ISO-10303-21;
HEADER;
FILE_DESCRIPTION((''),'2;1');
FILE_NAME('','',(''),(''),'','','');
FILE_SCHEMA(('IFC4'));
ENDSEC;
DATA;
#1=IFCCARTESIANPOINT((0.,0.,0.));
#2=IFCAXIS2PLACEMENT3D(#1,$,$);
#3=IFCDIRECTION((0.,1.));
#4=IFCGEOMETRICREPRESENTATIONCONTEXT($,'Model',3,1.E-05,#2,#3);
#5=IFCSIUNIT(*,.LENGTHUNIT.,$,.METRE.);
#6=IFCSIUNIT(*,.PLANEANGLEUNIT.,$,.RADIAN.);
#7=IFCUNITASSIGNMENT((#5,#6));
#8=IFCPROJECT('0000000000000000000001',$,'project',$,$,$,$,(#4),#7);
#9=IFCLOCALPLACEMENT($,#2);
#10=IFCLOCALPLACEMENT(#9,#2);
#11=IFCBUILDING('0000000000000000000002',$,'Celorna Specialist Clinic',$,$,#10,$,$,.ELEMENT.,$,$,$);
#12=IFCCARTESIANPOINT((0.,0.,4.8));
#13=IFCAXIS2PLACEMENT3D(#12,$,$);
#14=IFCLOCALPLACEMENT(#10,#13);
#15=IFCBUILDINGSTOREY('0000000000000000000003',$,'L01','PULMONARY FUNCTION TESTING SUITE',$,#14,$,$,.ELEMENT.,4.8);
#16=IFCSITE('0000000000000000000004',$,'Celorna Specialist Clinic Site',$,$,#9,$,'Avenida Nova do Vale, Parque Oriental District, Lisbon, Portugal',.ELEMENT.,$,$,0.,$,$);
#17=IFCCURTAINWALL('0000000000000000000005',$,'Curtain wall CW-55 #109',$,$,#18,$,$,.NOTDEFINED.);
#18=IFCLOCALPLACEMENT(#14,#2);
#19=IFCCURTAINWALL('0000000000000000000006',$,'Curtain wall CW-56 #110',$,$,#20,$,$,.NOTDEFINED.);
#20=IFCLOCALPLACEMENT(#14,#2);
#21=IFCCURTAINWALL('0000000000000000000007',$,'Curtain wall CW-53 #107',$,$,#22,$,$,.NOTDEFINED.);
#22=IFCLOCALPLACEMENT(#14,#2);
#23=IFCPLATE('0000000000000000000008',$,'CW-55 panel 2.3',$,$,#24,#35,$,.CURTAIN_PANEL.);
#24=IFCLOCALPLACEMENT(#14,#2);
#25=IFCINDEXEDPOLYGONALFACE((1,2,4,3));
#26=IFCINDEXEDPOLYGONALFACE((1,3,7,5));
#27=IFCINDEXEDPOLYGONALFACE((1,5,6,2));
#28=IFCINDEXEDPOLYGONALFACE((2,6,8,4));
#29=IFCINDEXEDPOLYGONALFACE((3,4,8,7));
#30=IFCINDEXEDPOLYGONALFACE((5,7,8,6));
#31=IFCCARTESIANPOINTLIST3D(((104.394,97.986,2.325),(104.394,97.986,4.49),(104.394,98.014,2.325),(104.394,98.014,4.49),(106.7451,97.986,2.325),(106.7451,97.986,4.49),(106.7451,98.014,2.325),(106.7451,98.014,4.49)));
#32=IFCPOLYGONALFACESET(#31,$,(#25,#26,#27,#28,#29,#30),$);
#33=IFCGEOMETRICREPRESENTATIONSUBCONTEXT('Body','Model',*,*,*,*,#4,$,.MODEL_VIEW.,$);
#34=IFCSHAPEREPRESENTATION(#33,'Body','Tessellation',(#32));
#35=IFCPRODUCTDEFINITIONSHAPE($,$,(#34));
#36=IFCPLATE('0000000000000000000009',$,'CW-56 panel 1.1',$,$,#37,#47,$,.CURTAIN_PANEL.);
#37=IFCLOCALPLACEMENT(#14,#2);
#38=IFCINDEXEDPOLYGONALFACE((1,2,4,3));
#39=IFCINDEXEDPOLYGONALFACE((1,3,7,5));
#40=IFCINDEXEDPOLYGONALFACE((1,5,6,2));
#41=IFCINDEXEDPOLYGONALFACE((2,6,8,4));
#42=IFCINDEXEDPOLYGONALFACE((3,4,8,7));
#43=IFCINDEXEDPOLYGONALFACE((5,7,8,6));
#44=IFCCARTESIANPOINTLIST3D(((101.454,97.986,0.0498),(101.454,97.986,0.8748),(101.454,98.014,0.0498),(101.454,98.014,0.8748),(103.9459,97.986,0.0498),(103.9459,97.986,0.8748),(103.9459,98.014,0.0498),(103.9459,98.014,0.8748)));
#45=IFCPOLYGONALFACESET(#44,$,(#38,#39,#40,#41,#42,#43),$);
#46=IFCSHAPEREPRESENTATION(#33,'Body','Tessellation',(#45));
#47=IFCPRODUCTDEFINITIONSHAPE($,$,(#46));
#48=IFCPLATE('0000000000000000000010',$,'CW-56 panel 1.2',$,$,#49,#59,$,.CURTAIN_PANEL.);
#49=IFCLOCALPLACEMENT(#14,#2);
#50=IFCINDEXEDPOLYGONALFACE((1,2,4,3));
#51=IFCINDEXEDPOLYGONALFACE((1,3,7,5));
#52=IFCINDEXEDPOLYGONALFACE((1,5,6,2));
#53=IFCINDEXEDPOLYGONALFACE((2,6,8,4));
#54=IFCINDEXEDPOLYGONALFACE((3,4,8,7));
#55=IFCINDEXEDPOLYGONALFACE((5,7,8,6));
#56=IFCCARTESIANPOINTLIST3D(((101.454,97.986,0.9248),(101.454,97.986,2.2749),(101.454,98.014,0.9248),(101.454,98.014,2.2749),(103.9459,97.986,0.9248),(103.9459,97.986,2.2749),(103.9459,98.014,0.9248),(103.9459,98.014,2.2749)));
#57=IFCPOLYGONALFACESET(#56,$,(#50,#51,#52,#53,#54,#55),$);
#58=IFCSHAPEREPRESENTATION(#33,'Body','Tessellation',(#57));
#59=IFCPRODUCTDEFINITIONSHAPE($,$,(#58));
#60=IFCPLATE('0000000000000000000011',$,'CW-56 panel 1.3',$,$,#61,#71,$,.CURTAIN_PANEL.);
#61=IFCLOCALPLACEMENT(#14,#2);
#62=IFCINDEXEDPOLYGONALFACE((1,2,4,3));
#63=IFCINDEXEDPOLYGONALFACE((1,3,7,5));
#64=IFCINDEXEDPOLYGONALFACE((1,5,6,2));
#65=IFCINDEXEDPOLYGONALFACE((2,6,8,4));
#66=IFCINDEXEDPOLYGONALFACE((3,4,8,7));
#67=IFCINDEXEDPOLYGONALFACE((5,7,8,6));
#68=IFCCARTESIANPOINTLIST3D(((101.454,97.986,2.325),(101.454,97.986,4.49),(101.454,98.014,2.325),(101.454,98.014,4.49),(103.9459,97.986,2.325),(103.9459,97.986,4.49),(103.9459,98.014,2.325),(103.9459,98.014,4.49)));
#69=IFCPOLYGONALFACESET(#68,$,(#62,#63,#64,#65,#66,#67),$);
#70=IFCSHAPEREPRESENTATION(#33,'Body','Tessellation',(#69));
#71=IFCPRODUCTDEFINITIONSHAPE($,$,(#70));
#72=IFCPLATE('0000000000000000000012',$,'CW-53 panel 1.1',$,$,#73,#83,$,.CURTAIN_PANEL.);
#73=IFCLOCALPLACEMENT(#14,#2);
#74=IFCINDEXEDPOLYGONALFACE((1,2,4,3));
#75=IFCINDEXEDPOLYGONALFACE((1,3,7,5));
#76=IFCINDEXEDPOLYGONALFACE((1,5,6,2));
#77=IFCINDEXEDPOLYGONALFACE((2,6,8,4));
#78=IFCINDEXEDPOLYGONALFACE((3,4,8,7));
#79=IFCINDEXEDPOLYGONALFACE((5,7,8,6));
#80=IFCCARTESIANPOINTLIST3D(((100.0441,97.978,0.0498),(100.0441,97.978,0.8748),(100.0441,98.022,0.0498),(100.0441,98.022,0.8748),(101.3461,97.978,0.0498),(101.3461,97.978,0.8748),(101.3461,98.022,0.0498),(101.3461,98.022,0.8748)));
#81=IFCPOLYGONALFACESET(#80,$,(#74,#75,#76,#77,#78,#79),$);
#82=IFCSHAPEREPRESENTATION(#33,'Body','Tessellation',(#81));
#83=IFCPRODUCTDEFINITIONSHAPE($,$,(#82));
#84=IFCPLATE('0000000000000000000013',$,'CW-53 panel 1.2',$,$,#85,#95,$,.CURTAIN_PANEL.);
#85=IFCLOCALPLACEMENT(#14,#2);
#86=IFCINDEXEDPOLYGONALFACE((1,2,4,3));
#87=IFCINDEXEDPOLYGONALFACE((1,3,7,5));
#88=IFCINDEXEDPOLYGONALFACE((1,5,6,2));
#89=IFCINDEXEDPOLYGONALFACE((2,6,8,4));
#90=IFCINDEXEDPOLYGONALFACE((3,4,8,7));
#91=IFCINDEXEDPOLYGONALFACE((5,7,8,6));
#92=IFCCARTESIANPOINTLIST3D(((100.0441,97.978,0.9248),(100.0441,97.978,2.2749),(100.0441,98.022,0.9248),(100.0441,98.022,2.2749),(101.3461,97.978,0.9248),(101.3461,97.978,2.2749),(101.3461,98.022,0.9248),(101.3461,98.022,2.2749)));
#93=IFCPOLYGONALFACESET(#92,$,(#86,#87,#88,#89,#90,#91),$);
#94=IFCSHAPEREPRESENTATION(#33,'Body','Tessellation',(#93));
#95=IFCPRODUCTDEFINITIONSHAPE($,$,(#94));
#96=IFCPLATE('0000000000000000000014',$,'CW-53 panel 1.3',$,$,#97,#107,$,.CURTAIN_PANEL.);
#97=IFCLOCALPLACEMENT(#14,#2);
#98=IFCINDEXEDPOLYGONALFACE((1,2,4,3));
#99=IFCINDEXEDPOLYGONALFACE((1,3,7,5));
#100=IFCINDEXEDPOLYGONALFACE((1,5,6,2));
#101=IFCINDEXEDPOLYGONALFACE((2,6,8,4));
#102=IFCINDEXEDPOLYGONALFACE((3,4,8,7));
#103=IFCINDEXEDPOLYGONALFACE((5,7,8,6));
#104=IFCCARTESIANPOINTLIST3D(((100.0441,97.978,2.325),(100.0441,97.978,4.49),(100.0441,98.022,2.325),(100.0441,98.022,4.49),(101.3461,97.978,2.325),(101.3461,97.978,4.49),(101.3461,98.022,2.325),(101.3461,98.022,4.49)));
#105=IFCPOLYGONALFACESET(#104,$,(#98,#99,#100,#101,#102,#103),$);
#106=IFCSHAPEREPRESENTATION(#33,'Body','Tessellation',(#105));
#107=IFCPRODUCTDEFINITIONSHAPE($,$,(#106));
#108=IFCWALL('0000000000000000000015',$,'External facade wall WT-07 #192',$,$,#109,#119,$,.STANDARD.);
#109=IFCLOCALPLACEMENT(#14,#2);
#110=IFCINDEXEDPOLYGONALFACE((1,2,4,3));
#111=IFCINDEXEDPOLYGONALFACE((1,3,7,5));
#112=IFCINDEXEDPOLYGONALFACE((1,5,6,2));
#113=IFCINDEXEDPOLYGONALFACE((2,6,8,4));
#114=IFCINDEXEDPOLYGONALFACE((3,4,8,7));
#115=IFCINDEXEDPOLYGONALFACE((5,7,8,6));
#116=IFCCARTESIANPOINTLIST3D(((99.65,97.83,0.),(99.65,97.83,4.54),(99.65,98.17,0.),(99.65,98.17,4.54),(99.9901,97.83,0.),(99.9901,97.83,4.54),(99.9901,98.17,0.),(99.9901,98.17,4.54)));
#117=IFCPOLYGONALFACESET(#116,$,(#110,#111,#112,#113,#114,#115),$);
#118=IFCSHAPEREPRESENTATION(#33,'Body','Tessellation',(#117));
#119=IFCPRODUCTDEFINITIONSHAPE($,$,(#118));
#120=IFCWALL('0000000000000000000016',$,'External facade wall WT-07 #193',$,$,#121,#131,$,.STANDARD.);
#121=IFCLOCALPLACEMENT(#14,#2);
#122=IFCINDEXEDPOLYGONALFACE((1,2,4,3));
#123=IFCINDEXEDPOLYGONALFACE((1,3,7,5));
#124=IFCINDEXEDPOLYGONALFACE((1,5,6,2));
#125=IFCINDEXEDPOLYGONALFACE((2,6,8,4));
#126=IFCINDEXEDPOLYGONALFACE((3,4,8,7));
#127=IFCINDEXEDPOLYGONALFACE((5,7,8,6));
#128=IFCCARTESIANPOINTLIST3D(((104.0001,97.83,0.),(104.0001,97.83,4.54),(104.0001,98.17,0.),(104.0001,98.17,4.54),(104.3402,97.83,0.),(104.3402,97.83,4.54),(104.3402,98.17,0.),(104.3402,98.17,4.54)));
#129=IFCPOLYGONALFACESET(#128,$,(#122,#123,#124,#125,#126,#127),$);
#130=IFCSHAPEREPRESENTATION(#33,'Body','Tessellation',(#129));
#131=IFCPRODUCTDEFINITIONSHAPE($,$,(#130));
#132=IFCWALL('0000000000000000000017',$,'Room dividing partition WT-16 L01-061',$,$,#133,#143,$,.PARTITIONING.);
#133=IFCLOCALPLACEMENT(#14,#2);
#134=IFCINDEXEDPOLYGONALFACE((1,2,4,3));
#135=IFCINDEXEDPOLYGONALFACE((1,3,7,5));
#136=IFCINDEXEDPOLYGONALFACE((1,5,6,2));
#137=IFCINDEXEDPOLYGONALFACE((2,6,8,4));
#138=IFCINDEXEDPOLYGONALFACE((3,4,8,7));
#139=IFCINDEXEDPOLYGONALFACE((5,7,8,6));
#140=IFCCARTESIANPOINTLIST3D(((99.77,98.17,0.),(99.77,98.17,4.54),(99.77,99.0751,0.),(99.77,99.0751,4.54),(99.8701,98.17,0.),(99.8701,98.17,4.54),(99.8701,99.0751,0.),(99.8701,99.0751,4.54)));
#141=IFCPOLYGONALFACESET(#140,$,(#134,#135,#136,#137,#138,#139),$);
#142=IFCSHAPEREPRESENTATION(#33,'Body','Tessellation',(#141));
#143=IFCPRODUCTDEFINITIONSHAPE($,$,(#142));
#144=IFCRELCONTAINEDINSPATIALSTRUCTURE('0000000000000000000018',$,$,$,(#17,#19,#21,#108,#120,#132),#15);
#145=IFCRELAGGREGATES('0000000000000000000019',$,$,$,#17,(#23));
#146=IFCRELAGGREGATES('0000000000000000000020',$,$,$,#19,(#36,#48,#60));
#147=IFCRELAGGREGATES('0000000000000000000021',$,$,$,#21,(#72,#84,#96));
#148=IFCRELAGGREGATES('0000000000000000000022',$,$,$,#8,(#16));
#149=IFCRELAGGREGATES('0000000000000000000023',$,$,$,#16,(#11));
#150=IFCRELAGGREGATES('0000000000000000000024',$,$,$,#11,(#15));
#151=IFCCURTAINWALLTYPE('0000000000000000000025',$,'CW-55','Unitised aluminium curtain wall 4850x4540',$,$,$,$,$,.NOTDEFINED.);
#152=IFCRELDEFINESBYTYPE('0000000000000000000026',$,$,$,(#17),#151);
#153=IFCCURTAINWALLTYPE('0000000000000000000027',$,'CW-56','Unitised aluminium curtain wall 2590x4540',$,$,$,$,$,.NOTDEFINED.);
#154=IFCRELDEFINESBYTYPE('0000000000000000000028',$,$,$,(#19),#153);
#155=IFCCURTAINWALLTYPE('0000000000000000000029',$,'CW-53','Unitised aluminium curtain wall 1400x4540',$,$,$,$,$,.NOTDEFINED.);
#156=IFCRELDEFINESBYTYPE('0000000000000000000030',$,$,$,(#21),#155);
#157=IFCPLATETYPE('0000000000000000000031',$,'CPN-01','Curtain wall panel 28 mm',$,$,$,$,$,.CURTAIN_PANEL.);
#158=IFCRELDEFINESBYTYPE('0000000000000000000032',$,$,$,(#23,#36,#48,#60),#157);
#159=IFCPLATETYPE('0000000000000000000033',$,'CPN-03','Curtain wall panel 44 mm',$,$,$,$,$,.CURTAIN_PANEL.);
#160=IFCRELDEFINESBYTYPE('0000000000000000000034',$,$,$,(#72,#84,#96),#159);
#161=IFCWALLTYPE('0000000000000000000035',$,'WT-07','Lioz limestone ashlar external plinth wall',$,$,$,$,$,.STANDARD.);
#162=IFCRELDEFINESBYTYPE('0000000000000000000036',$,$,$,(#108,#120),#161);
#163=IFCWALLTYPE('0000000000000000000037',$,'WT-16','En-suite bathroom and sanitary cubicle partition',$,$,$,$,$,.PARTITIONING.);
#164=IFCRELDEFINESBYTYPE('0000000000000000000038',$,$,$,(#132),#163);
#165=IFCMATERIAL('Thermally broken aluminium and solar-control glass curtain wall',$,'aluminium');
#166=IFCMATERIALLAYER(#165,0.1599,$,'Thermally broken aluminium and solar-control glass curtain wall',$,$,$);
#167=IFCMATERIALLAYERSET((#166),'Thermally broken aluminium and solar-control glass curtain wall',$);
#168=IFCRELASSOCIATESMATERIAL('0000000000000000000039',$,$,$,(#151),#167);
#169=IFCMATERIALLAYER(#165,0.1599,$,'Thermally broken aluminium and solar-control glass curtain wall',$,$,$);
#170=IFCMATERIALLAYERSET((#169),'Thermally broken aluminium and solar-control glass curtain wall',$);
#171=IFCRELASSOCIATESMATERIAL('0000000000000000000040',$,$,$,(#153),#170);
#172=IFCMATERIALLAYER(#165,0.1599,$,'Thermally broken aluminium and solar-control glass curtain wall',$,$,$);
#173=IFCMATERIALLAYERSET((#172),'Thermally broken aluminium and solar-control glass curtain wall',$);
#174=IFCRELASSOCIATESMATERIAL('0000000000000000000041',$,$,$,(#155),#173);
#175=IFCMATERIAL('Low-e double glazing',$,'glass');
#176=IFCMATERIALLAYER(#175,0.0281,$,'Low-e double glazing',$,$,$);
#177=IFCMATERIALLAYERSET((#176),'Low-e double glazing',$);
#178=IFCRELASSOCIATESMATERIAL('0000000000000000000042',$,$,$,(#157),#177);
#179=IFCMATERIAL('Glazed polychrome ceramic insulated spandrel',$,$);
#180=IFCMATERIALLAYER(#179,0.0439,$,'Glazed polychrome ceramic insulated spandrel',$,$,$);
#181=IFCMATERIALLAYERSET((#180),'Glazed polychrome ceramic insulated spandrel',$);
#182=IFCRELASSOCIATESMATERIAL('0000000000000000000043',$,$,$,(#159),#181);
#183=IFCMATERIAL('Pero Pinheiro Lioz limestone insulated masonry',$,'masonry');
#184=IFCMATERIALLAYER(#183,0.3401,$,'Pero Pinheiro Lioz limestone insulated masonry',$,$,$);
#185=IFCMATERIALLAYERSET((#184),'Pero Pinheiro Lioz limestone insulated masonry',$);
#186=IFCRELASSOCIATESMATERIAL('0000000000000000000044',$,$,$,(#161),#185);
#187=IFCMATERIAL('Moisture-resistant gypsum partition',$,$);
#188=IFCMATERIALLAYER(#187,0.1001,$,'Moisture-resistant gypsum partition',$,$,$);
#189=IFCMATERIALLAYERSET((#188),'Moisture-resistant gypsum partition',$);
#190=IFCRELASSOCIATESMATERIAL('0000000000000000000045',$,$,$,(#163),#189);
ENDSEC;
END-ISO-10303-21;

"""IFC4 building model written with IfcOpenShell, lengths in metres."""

from ifc_helpers import new_model, si_unit, direction, frame, frame_2d, origin, origin_2d, place, context, subcontext, project, spatial, rectangle, extrude, material, layer, layer_set, type_object, element, aggregate, save


model = new_model("IFC4")

# Units and contexts
model_context = context("Model", 3, precision=1e-05, world=origin(), true_north=direction((0.0, 1.0)))
body_context = subcontext(model_context, "Body", "Model", "MODEL_VIEW")
ifc_project = project(units=[si_unit("LENGTHUNIT", "METRE"), si_unit("PLANEANGLEUNIT", "RADIAN")], contexts=[model_context])

# Site, building, storey
site_placement = place(None, origin())
site = spatial("IfcSite", under=ifc_project, at=site_placement, Name="Celorna Specialist Clinic Site", LongName="Avenida Nova do Vale, Parque Oriental District, Lisbon, Portugal", CompositionType="ELEMENT", RefElevation=0.0)
building_placement = place(site_placement, origin())
building = spatial("IfcBuilding", under=site, at=building_placement, Name="Celorna Specialist Clinic", CompositionType="ELEMENT")
storey_placement = place(building_placement, frame((0.0, 0.0, 4.8)))
storey = spatial("IfcBuildingStorey", under=building, at=storey_placement, Name="L01", Description="PULMONARY FUNCTION TESTING SUITE", CompositionType="ELEMENT", Elevation=4.8)

# Curtain walls
ifc_material_1 = material(Name="Thermally broken aluminium and solar-control glass curtain wall", Category="aluminium")
ifc_layer_1 = layer(ifc_material_1, 0.1599, Name="Thermally broken aluminium and solar-control glass curtain wall")
ifc_layer_set_1 = layer_set([ifc_layer_1], Name="Thermally broken aluminium and solar-control glass curtain wall")
curtain_wall_type_1 = type_object("IfcCurtainWallType", Name="CW-55", Description="Unitised aluminium curtain wall 4850x4540", PredefinedType="NOTDEFINED", material=ifc_layer_set_1)
curtain_wall_1_placement = place(storey_placement, origin())
curtain_wall_1 = element("IfcCurtainWall", 1, at=curtain_wall_1_placement, inside=storey, type_object=curtain_wall_type_1, Name="Curtain wall CW-55 #109", PredefinedType="NOTDEFINED")
ifc_layer_2 = layer(ifc_material_1, 0.1599, Name="Thermally broken aluminium and solar-control glass curtain wall")
ifc_layer_set_2 = layer_set([ifc_layer_2], Name="Thermally broken aluminium and solar-control glass curtain wall")
curtain_wall_type_2 = type_object("IfcCurtainWallType", Name="CW-56", Description="Unitised aluminium curtain wall 2590x4540", PredefinedType="NOTDEFINED", material=ifc_layer_set_2)
curtain_wall_2_placement = place(storey_placement, origin())
curtain_wall_2 = element("IfcCurtainWall", 2, at=curtain_wall_2_placement, inside=storey, type_object=curtain_wall_type_2, Name="Curtain wall CW-56 #110", PredefinedType="NOTDEFINED")
ifc_layer_3 = layer(ifc_material_1, 0.1599, Name="Thermally broken aluminium and solar-control glass curtain wall")
ifc_layer_set_3 = layer_set([ifc_layer_3], Name="Thermally broken aluminium and solar-control glass curtain wall")
curtain_wall_type_3 = type_object("IfcCurtainWallType", Name="CW-53", Description="Unitised aluminium curtain wall 1400x4540", PredefinedType="NOTDEFINED", material=ifc_layer_set_3)
curtain_wall_3_placement = place(storey_placement, origin())
curtain_wall_3 = element("IfcCurtainWall", 3, at=curtain_wall_3_placement, inside=storey, type_object=curtain_wall_type_3, Name="Curtain wall CW-53 #107", PredefinedType="NOTDEFINED")

# Plates
ifc_material_2 = material(Name="Low-e double glazing", Category="glass")
ifc_layer_4 = layer(ifc_material_2, 0.0281, Name="Low-e double glazing")
ifc_layer_set_4 = layer_set([ifc_layer_4], Name="Low-e double glazing")
plate_type_1 = type_object("IfcPlateType", Name="CPN-01", Description="Curtain wall panel 28 mm", PredefinedType="CURTAIN_PANEL", material=ifc_layer_set_4)
plate_1_placement = place(storey_placement, frame((105.5696, 98.0, 2.325), z_axis=(0.0, 0.0, 1.0), x_axis=(-1.0, 0.0, 0.0)))
plate_1 = element("IfcPlate", 4, at=plate_1_placement, type_object=plate_type_1, Name="CW-55 panel 2.3", PredefinedType="CURTAIN_PANEL", context=body_context, shape_type="SweptSolid", body=[
    extrude(rectangle(XDim=2.3511, YDim=0.0281, at=origin_2d()), origin(), (0.0, 0.0, 1.0), 2.165),
])
aggregate(curtain_wall_1, [plate_1])
plate_2_placement = place(storey_placement, frame((102.7, 98.0, 0.0498), z_axis=(0.0, 0.0, 1.0), x_axis=(-1.0, 0.0, 0.0)))
plate_2 = element("IfcPlate", 5, at=plate_2_placement, type_object=plate_type_1, Name="CW-56 panel 1.1", PredefinedType="CURTAIN_PANEL", context=body_context, shape_type="SweptSolid", body=[
    extrude(rectangle(XDim=2.4919, YDim=0.0281, at=origin_2d()), origin(), (0.0, 0.0, 1.0), 0.825),
])
plate_3_placement = place(storey_placement, frame((102.7, 98.0, 0.9248), z_axis=(0.0, 0.0, 1.0), x_axis=(-1.0, 0.0, 0.0)))
plate_3 = element("IfcPlate", 6, at=plate_3_placement, type_object=plate_type_1, Name="CW-56 panel 1.2", PredefinedType="CURTAIN_PANEL", context=body_context, shape_type="SweptSolid", body=[
    extrude(rectangle(XDim=2.4919, YDim=0.0281, at=origin_2d()), origin(), (0.0, 0.0, 1.0), 1.3501),
])
plate_4_placement = place(storey_placement, frame((102.7, 98.0, 2.325), z_axis=(0.0, 0.0, 1.0), x_axis=(-1.0, 0.0, 0.0)))
plate_4 = element("IfcPlate", 7, at=plate_4_placement, type_object=plate_type_1, Name="CW-56 panel 1.3", PredefinedType="CURTAIN_PANEL", context=body_context, shape_type="SweptSolid", body=[
    extrude(rectangle(XDim=2.4919, YDim=0.0281, at=origin_2d()), origin(), (0.0, 0.0, 1.0), 2.165),
])
aggregate(curtain_wall_2, [plate_2, plate_3, plate_4])
ifc_material_3 = material(Name="Glazed polychrome ceramic insulated spandrel")
ifc_layer_5 = layer(ifc_material_3, 0.0439, Name="Glazed polychrome ceramic insulated spandrel")
ifc_layer_set_5 = layer_set([ifc_layer_5], Name="Glazed polychrome ceramic insulated spandrel")
plate_type_2 = type_object("IfcPlateType", Name="CPN-03", Description="Curtain wall panel 44 mm", PredefinedType="CURTAIN_PANEL", material=ifc_layer_set_5)
plate_5_placement = place(storey_placement, frame((100.6951, 98.0, 0.0498), z_axis=(0.0, 0.0, 1.0), x_axis=(-1.0, 0.0, 0.0)))
plate_5 = element("IfcPlate", 8, at=plate_5_placement, type_object=plate_type_2, Name="CW-53 panel 1.1", PredefinedType="CURTAIN_PANEL", context=body_context, shape_type="SweptSolid", body=[
    extrude(rectangle(XDim=1.302, YDim=0.0439, at=origin_2d()), origin(), (0.0, 0.0, 1.0), 0.825),
])
plate_6_placement = place(storey_placement, frame((100.6951, 98.0, 0.9248), z_axis=(0.0, 0.0, 1.0), x_axis=(-1.0, 0.0, 0.0)))
plate_6 = element("IfcPlate", 9, at=plate_6_placement, type_object=plate_type_2, Name="CW-53 panel 1.2", PredefinedType="CURTAIN_PANEL", context=body_context, shape_type="SweptSolid", body=[
    extrude(rectangle(XDim=1.302, YDim=0.0439, at=origin_2d()), origin(), (0.0, 0.0, 1.0), 1.3501),
])
plate_7_placement = place(storey_placement, frame((100.6951, 98.0, 2.325), z_axis=(0.0, 0.0, 1.0), x_axis=(-1.0, 0.0, 0.0)))
plate_7 = element("IfcPlate", 10, at=plate_7_placement, type_object=plate_type_2, Name="CW-53 panel 1.3", PredefinedType="CURTAIN_PANEL", context=body_context, shape_type="SweptSolid", body=[
    extrude(rectangle(XDim=1.302, YDim=0.0439, at=origin_2d()), origin(), (0.0, 0.0, 1.0), 2.165),
])
aggregate(curtain_wall_3, [plate_5, plate_6, plate_7])

# Walls
ifc_material_4 = material(Name="Pero Pinheiro Lioz limestone insulated masonry", Category="masonry")
ifc_layer_6 = layer(ifc_material_4, 0.3401, Name="Pero Pinheiro Lioz limestone insulated masonry")
ifc_layer_set_6 = layer_set([ifc_layer_6], Name="Pero Pinheiro Lioz limestone insulated masonry")
wall_type_1 = type_object("IfcWallType", Name="WT-07", Description="Lioz limestone ashlar external plinth wall", PredefinedType="STANDARD", material=ifc_layer_set_6)
for number, where, z_axis, x_axis, name in (
    (11, (99.99, 98.0, 0.0), (0.0, 0.0, 1.0), (-1.0, 0.0, 0.0), "External facade wall WT-07 #192"),
    (12, (104.3401, 98.0, 0.0), (0.0, 0.0, 1.0), (-1.0, 0.0, 0.0), "External facade wall WT-07 #193"),
):
    element("IfcWall", number, at=place(storey_placement, frame(where, z_axis=z_axis, x_axis=x_axis)), inside=storey, type_object=wall_type_1, Name=name, PredefinedType="STANDARD", context=body_context, shape_type="SweptSolid", body=[
        extrude(rectangle(XDim=0.3401, YDim=0.3401, at=frame_2d((0.1699, 0.0))), origin(), (0.0, 0.0, 1.0), 4.54),
    ])
ifc_material_5 = material(Name="Moisture-resistant gypsum partition")
ifc_layer_7 = layer(ifc_material_5, 0.1001, Name="Moisture-resistant gypsum partition")
ifc_layer_set_7 = layer_set([ifc_layer_7], Name="Moisture-resistant gypsum partition")
wall_type_2 = type_object("IfcWallType", Name="WT-16", Description="En-suite bathroom and sanitary cubicle partition", PredefinedType="PARTITIONING", material=ifc_layer_set_7)
wall_placement = place(storey_placement, frame((99.8201, 98.1699, 0.0), z_axis=(0.0, 0.0, 1.0), x_axis=(0.0, 1.0, 0.0)))
element("IfcWall", 13, at=wall_placement, inside=storey, type_object=wall_type_2, Name="Room dividing partition WT-16 L01-061", PredefinedType="PARTITIONING", context=body_context, shape_type="SweptSolid", body=[
    extrude(rectangle(XDim=0.905, YDim=0.1001, at=frame_2d((0.4526, 0.0))), origin(), (0.0, 0.0, 1.0), 4.54),
])

save(model, "model.ifc")
